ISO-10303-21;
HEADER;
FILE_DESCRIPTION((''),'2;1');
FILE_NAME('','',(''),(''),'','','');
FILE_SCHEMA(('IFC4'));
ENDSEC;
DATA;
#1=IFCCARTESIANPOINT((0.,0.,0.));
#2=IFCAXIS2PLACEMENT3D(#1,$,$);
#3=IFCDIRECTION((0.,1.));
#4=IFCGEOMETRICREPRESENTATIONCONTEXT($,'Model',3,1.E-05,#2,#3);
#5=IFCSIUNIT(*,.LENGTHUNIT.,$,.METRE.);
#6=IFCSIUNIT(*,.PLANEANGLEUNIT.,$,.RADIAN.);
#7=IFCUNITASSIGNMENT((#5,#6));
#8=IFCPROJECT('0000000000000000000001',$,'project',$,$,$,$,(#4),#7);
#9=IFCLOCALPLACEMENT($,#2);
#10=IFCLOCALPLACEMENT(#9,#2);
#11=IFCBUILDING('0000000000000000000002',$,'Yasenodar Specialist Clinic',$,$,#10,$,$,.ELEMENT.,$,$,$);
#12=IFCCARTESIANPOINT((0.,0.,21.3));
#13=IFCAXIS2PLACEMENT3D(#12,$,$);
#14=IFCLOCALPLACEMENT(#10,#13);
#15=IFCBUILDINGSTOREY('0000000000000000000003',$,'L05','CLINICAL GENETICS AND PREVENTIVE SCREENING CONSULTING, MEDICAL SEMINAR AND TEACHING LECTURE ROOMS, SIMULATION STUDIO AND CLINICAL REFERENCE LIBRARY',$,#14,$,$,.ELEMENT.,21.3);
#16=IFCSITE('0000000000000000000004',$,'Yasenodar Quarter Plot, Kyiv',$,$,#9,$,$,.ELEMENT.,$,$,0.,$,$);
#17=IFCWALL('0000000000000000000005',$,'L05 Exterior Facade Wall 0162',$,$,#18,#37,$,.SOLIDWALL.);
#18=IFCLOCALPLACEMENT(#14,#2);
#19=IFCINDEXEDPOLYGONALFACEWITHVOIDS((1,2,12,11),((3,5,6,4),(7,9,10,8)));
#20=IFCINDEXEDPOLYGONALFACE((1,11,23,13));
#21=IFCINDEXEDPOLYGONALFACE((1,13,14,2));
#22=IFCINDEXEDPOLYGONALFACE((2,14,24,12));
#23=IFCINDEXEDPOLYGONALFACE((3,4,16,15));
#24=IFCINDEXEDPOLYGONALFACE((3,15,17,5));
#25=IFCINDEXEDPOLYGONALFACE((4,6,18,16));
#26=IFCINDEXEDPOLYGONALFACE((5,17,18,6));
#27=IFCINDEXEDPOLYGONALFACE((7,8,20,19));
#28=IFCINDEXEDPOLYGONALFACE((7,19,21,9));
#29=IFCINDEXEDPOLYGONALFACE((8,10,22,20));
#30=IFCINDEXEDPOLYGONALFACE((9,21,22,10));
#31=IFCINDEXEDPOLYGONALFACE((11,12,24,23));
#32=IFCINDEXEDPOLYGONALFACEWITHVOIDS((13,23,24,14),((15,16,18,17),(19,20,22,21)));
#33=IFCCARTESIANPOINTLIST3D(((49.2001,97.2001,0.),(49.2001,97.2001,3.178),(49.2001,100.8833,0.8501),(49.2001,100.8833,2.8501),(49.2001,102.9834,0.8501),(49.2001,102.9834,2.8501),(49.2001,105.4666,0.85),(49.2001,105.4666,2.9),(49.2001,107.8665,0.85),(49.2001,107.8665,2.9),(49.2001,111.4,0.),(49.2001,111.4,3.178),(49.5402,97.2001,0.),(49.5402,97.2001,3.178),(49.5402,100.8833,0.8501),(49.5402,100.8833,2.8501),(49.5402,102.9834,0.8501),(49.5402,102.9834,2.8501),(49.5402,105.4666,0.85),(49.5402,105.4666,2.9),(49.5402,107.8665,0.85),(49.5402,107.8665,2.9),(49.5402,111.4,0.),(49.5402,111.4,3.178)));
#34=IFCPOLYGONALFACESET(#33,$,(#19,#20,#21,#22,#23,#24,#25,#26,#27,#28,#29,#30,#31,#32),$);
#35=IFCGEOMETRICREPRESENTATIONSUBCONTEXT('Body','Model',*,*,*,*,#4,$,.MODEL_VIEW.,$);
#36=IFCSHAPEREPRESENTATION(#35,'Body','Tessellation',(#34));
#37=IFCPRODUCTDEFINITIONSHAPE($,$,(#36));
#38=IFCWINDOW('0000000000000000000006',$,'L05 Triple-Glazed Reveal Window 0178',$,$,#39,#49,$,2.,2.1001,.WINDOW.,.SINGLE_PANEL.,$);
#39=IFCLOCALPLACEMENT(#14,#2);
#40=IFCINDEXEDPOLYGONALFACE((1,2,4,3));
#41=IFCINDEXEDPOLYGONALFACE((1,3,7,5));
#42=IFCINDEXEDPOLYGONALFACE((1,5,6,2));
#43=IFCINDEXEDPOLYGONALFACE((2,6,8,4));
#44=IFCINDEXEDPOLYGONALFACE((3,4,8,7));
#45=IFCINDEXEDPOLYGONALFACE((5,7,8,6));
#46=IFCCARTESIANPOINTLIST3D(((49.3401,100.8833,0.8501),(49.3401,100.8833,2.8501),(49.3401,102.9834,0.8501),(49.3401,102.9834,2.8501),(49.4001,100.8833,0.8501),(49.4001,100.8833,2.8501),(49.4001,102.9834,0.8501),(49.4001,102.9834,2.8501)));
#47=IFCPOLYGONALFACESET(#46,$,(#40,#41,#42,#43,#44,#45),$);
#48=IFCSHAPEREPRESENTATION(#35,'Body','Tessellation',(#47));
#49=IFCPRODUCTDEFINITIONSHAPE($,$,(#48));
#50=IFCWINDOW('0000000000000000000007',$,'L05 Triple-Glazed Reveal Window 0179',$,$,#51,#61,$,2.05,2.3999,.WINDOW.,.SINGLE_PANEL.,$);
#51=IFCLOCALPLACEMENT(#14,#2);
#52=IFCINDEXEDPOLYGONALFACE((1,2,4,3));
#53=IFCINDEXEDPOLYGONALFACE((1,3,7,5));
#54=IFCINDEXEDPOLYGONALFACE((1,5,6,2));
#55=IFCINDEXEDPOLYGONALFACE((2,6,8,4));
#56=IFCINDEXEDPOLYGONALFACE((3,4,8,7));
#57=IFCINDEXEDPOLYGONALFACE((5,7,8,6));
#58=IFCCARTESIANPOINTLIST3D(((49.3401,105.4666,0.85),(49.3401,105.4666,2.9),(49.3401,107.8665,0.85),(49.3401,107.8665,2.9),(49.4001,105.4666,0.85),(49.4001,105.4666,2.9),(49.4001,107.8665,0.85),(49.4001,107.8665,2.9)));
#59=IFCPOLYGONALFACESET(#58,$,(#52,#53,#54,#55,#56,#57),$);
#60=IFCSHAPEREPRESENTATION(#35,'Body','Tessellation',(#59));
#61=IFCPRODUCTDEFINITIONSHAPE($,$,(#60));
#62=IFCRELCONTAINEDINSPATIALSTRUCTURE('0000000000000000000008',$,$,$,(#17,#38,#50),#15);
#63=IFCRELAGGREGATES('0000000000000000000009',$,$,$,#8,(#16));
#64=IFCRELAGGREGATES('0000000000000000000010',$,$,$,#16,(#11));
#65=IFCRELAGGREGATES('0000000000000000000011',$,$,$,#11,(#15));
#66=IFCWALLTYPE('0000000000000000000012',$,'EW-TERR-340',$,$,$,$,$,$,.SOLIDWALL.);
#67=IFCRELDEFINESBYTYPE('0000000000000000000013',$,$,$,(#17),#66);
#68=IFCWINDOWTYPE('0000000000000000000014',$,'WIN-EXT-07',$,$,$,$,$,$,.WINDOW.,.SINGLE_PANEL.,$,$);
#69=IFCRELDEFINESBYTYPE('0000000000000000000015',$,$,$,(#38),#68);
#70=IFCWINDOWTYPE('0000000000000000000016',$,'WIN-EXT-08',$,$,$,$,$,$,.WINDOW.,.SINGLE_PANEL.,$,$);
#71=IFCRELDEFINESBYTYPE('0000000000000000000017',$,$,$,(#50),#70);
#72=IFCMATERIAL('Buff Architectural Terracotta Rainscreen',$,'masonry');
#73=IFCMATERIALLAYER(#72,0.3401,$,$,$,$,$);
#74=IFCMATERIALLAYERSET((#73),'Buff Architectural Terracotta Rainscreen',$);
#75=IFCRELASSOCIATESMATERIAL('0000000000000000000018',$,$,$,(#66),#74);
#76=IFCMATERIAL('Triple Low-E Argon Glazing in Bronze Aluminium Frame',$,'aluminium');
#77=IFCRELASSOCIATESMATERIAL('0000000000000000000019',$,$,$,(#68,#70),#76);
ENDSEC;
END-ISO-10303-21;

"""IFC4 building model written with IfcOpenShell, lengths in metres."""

from ifc_helpers import new_model, si_unit, direction, frame, frame_2d, origin, place, context, subcontext, project, spatial, rectangle, extrude, material, layer, layer_set, type_object, element, fill, save


model = new_model("IFC4")

# Units and contexts
model_context = context("Model", 3, precision=1e-05, world=origin(), true_north=direction((0.0, 1.0)))
body_context = subcontext(model_context, "Body", "Model", "MODEL_VIEW")
ifc_project = project(units=[si_unit("LENGTHUNIT", "METRE"), si_unit("PLANEANGLEUNIT", "RADIAN")], contexts=[model_context])

# Site, building, storey
site_placement = place(None, origin())
site = spatial("IfcSite", under=ifc_project, at=site_placement, Name="Yasenodar Quarter Plot, Kyiv", CompositionType="ELEMENT", RefElevation=0.0)
building_placement = place(site_placement, origin())
building = spatial("IfcBuilding", under=site, at=building_placement, Name="Yasenodar Specialist Clinic", CompositionType="ELEMENT")
storey_placement = place(building_placement, frame((0.0, 0.0, 21.3)))
storey = spatial("IfcBuildingStorey", under=building, at=storey_placement, Name="L05", Description="CLINICAL GENETICS AND PREVENTIVE SCREENING CONSULTING, MEDICAL SEMINAR AND TEACHING LECTURE ROOMS, SIMULATION STUDIO AND CLINICAL REFERENCE LIBRARY", CompositionType="ELEMENT", Elevation=21.3)

# Wall, openings, windows
ifc_material_1 = material(Name="Buff Architectural Terracotta Rainscreen", Category="masonry")
ifc_layer_1 = layer(ifc_material_1, 0.3401)
ifc_layer_set_1 = layer_set([ifc_layer_1], Name="Buff Architectural Terracotta Rainscreen")
wall_type = type_object("IfcWallType", Name="EW-TERR-340", PredefinedType="SOLIDWALL", material=ifc_layer_set_1)
wall_placement = place(storey_placement, frame((49.3701, 97.2, 0.0), z_axis=(0.0, 0.0, 1.0), x_axis=(0.0, 1.0, 0.0)))
wall = element("IfcWall", 1, at=wall_placement, inside=storey, type_object=wall_type, Name="L05 Exterior Facade Wall 0162", PredefinedType="SOLIDWALL", context=body_context, shape_type="SweptSolid", body=[
    extrude(rectangle(XDim=14.2, YDim=0.3401, at=frame_2d((7.1001, 0.0))), origin(), (0.0, 0.0, 1.0), 3.178),
])
opening_1_placement = place(wall_placement, frame((3.6833, 0.0, 0.8501)))
opening_1 = element("IfcOpeningElement", 2, at=opening_1_placement, cuts=wall, PredefinedType="OPENING", context=body_context, shape_type="SweptSolid", body=[
    extrude(rectangle(XDim=2.1001, YDim=2.0, at=frame_2d((1.05, 1.0))), frame((0.0, 0.1802, 0.0), z_axis=(0.0, -1.0, 0.0), x_axis=(1.0, 0.0, 0.0)), (0.0, 0.0, 1.0), 0.3601),
])
opening_2_placement = place(wall_placement, frame((8.2666, 0.0, 0.8501)))
opening_2 = element("IfcOpeningElement", 3, at=opening_2_placement, cuts=wall, PredefinedType="OPENING", context=body_context, shape_type="SweptSolid", body=[
    extrude(rectangle(XDim=2.3999, YDim=2.05, at=frame_2d((1.2, 1.0249))), frame((0.0, 0.1802, 0.0), z_axis=(0.0, -1.0, 0.0), x_axis=(1.0, 0.0, 0.0)), (0.0, 0.0, 1.0), 0.3601),
])
ifc_material_2 = material(Name="Triple Low-E Argon Glazing in Bronze Aluminium Frame", Category="aluminium")
window_type_1 = type_object("IfcWindowType", Name="WIN-EXT-07", PartitioningType="SINGLE_PANEL", PredefinedType="WINDOW", material=ifc_material_2)
window_1_placement = place(opening_1_placement, origin())
window_1 = element("IfcWindow", 4, at=window_1_placement, inside=storey, type_object=window_type_1, Name="L05 Triple-Glazed Reveal Window 0178", OverallHeight=2.0, OverallWidth=2.1001, PartitioningType="SINGLE_PANEL", PredefinedType="WINDOW", context=body_context, shape_type="SweptSolid", body=[
    extrude(rectangle(XDim=2.1001, YDim=2.0, at=frame_2d((1.05, 1.0))), frame((0.0, 0.03, 0.0), z_axis=(0.0, -1.0, 0.0), x_axis=(1.0, 0.0, 0.0)), (0.0, 0.0, 1.0), 0.0601),
])
fill(opening_1, window_1)
window_type_2 = type_object("IfcWindowType", Name="WIN-EXT-08", PartitioningType="SINGLE_PANEL", PredefinedType="WINDOW", material=ifc_material_2)
window_2_placement = place(opening_2_placement, origin())
window_2 = element("IfcWindow", 5, at=window_2_placement, inside=storey, type_object=window_type_2, Name="L05 Triple-Glazed Reveal Window 0179", OverallHeight=2.05, OverallWidth=2.3999, PartitioningType="SINGLE_PANEL", PredefinedType="WINDOW", context=body_context, shape_type="SweptSolid", body=[
    extrude(rectangle(XDim=2.3999, YDim=2.05, at=frame_2d((1.2, 1.0249))), frame((0.0, 0.03, 0.0), z_axis=(0.0, -1.0, 0.0), x_axis=(1.0, 0.0, 0.0)), (0.0, 0.0, 1.0), 0.0601),
])
fill(opening_2, window_2)

save(model, "model.ifc")
